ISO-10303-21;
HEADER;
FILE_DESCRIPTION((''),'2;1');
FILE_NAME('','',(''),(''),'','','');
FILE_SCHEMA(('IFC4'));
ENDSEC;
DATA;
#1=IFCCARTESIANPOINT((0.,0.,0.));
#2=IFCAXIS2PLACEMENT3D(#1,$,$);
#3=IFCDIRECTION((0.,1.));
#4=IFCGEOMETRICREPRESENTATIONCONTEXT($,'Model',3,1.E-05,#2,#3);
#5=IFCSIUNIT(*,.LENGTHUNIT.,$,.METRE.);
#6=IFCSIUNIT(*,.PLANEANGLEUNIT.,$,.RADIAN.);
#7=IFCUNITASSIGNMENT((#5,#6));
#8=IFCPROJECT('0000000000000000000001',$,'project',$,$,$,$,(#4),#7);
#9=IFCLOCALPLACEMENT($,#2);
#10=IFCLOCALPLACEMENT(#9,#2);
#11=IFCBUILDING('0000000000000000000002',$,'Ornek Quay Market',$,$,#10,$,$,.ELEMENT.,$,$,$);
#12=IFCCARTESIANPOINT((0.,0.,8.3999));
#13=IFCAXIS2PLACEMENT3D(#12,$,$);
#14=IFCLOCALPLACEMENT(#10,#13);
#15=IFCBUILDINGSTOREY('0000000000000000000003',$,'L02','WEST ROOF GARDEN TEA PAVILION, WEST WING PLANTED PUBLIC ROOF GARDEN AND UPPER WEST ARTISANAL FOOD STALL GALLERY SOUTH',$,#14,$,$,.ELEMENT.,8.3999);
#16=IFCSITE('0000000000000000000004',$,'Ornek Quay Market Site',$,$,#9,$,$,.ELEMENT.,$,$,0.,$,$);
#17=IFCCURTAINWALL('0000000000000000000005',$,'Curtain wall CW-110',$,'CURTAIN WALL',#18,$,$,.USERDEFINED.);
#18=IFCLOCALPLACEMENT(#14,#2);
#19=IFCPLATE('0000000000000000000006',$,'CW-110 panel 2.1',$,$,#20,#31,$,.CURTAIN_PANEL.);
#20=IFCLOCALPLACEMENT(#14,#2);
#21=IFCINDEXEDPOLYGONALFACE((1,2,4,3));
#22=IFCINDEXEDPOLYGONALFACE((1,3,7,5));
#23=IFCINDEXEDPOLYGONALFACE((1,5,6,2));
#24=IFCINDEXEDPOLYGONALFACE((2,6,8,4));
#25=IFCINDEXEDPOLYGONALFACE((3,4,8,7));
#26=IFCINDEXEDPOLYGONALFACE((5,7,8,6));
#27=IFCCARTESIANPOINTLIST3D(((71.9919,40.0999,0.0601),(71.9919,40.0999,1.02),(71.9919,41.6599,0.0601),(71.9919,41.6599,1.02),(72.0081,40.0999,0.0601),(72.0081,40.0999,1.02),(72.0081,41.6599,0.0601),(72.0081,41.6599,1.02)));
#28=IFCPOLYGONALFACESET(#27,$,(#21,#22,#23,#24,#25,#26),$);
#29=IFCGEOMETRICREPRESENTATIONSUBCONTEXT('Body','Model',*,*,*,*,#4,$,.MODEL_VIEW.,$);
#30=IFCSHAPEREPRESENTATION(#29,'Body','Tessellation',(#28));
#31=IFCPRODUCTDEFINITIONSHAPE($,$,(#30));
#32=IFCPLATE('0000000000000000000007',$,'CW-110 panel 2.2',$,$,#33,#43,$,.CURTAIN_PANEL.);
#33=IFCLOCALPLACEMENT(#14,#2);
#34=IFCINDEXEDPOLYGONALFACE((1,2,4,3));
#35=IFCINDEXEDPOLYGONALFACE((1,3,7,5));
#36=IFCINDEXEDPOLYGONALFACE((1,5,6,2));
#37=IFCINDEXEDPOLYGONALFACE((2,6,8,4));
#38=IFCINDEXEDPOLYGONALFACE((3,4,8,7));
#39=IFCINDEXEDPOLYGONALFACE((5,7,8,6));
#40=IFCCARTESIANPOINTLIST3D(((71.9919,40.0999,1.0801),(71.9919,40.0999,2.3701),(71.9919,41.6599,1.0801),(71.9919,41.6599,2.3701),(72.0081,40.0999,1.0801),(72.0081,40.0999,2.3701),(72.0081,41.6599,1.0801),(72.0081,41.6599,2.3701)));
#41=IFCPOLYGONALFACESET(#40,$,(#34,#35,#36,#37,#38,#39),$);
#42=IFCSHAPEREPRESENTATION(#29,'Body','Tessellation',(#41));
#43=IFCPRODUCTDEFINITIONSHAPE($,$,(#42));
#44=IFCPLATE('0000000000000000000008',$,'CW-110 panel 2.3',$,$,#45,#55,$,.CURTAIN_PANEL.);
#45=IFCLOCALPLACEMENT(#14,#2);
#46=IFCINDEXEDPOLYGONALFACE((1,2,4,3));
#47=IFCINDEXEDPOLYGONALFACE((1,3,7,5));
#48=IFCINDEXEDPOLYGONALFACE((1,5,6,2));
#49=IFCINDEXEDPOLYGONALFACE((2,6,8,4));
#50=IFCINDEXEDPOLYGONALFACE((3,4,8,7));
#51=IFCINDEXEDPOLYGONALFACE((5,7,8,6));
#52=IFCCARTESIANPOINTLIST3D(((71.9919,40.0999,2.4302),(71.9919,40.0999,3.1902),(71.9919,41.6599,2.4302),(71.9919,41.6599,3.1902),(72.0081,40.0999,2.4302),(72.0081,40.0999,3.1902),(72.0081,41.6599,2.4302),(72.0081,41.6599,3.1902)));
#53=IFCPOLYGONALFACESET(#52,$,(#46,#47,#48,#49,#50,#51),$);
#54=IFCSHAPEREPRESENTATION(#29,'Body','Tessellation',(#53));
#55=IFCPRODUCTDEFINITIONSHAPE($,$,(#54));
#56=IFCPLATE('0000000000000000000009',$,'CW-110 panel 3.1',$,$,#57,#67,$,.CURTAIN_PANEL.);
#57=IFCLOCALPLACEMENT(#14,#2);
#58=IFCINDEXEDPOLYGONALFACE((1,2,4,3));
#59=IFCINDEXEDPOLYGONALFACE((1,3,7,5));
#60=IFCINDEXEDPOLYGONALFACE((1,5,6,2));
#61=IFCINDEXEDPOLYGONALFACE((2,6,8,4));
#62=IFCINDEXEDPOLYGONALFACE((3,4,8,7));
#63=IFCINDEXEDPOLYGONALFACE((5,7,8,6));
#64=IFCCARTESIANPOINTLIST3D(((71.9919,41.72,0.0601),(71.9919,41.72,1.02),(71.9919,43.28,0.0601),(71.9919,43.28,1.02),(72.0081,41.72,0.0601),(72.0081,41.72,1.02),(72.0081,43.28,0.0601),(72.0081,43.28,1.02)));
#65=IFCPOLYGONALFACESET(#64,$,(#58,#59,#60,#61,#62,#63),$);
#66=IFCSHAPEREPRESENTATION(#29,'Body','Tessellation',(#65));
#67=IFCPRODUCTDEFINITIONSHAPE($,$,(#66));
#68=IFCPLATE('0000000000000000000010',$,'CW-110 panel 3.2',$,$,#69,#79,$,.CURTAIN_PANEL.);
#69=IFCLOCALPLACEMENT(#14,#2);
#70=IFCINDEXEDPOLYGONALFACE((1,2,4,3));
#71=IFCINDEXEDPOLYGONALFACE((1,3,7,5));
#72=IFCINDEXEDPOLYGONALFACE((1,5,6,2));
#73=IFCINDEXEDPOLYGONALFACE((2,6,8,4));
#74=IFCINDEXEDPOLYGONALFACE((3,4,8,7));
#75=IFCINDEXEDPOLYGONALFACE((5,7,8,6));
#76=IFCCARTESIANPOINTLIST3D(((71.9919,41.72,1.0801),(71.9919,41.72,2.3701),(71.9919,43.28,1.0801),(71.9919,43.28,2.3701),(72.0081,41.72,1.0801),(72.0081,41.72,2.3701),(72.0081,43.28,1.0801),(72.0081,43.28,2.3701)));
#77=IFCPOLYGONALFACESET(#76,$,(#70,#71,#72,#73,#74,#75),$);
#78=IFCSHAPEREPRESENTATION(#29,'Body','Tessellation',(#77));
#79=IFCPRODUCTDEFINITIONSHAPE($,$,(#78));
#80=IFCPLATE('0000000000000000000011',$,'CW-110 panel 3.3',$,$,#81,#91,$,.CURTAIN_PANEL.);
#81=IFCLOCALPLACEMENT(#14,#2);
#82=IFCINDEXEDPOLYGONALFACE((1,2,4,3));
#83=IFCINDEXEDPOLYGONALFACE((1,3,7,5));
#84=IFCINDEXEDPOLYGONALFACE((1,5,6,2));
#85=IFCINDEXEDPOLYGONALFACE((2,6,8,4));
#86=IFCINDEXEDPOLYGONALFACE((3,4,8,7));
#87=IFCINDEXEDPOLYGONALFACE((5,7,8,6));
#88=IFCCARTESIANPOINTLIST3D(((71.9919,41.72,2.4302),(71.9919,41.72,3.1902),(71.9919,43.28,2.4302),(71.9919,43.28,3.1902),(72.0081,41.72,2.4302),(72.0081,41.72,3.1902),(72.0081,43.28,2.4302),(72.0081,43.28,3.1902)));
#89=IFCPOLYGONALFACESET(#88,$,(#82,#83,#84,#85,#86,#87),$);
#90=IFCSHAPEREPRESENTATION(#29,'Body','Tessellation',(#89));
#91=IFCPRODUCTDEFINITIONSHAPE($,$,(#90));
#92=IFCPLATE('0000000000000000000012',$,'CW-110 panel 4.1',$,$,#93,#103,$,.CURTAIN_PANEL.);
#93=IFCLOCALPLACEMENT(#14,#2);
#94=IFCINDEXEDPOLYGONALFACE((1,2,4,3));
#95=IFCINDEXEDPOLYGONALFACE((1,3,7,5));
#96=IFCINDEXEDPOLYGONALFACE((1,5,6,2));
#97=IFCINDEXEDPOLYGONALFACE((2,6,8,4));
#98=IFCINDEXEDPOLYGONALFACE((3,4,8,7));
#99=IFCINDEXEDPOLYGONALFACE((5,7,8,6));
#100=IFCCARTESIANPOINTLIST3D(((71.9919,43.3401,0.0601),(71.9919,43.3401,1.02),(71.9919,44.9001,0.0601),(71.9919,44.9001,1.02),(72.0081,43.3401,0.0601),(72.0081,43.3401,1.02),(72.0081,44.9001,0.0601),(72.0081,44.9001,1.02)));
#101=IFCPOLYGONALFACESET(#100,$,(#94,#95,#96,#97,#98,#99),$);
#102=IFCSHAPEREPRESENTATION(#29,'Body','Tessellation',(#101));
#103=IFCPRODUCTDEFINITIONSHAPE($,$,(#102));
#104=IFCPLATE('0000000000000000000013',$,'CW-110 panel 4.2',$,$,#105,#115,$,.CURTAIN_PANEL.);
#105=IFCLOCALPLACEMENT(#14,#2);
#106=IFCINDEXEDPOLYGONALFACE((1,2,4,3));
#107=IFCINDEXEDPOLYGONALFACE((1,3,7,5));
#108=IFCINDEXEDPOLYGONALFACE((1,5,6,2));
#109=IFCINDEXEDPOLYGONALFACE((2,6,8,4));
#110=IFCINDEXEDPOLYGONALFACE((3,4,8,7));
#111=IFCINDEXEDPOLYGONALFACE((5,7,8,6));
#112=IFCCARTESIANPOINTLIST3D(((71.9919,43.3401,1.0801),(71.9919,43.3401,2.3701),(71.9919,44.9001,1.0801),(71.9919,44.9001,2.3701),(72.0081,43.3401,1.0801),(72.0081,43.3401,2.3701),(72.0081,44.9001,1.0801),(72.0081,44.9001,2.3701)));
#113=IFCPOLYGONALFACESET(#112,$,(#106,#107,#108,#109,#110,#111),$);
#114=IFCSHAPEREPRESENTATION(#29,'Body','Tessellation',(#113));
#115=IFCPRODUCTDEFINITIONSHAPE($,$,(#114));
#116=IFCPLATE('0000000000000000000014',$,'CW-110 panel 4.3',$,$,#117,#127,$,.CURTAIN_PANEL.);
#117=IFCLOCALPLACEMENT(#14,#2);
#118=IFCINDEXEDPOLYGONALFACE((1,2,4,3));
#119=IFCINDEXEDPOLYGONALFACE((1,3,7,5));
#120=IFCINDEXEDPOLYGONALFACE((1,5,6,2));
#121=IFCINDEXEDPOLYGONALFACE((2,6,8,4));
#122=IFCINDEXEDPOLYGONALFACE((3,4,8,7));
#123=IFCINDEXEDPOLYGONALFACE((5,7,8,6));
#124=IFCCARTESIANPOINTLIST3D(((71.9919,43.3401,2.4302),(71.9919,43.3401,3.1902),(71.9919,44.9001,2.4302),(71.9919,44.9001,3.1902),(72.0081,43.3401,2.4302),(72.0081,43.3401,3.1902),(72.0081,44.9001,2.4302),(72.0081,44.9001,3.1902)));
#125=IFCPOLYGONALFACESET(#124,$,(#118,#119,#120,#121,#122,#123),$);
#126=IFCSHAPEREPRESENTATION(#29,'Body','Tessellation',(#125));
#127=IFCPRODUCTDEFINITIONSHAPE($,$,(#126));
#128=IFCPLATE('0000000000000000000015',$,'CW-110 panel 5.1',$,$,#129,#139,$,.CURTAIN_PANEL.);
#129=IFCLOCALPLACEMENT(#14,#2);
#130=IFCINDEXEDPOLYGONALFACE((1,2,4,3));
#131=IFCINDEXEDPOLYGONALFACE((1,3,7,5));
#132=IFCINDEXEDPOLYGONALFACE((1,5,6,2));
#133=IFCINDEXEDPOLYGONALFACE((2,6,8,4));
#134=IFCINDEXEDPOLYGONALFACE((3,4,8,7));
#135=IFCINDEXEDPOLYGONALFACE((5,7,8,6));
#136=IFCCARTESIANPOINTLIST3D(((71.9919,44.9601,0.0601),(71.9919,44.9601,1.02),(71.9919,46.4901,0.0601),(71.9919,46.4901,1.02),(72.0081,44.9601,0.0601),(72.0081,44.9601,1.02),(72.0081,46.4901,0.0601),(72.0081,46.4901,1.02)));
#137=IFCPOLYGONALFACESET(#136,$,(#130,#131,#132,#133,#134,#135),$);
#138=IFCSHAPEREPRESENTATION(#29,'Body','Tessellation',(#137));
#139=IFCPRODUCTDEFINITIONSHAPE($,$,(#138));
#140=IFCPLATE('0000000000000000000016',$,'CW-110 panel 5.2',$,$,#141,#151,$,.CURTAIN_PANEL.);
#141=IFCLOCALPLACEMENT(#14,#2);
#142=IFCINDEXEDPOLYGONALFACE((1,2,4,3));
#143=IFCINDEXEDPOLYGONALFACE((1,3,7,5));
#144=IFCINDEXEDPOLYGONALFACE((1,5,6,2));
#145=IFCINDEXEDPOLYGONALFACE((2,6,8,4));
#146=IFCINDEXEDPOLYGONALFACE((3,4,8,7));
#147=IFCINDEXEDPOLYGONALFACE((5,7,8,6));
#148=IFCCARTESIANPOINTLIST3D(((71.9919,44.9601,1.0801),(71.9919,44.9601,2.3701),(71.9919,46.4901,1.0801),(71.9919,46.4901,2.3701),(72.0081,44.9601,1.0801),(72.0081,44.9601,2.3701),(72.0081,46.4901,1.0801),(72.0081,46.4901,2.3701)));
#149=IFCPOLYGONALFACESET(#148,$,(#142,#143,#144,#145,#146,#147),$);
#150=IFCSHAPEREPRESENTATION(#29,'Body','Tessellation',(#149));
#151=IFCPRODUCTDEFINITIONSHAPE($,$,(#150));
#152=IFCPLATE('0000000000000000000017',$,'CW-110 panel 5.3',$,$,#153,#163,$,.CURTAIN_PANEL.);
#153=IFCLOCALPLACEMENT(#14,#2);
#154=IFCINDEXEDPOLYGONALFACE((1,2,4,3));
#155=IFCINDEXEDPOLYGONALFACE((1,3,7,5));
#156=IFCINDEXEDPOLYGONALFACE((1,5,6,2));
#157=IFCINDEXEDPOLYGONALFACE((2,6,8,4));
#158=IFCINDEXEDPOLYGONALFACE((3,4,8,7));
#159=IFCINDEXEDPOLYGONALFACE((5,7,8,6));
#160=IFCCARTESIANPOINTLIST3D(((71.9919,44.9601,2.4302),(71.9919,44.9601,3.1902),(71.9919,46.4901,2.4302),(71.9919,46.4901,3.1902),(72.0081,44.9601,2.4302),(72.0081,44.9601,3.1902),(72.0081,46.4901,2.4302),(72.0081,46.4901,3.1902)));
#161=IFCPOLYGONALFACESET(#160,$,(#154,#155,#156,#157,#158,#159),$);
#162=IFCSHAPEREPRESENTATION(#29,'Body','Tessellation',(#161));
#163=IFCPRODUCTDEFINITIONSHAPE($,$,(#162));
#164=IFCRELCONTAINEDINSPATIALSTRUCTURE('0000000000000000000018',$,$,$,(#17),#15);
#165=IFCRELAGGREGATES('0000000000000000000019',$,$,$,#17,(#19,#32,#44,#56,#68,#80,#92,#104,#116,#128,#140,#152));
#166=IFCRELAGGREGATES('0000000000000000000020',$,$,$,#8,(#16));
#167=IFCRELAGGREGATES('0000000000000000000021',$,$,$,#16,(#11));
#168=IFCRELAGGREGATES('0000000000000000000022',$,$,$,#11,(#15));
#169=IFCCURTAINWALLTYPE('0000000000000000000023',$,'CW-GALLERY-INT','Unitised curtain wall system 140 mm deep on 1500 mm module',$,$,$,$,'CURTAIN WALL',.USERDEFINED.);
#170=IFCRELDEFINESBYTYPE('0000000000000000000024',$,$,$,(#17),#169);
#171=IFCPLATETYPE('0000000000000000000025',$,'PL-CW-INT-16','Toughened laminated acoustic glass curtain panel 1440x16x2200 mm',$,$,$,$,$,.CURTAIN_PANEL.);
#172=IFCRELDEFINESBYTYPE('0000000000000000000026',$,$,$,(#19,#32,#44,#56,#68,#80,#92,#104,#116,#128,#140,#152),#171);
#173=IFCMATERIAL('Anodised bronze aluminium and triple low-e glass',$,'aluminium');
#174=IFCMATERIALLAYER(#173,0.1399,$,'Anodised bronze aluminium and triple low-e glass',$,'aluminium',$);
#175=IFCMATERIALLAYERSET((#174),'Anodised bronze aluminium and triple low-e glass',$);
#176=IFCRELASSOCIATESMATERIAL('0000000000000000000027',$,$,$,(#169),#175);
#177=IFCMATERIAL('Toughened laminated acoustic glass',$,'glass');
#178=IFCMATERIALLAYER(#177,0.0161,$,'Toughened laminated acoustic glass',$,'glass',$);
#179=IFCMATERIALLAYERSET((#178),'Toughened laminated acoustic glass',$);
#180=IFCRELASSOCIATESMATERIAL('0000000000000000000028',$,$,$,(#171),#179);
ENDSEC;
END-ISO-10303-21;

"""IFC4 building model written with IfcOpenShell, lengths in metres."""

from ifc_helpers import new_model, si_unit, direction, frame, origin, origin_2d, place, context, subcontext, project, spatial, rectangle, extrude, material, layer, layer_set, type_object, element, aggregate, save


model = new_model("IFC4")

# Units and contexts
model_context = context("Model", 3, precision=1e-05, world=origin(), true_north=direction((0.0, 1.0)))
body_context = subcontext(model_context, "Body", "Model", "MODEL_VIEW")
ifc_project = project(units=[si_unit("LENGTHUNIT", "METRE"), si_unit("PLANEANGLEUNIT", "RADIAN")], contexts=[model_context])

# Site, building, storey
site_placement = place(None, origin())
site = spatial("IfcSite", under=ifc_project, at=site_placement, Name="Ornek Quay Market Site", CompositionType="ELEMENT", RefElevation=0.0)
building_placement = place(site_placement, origin())
building = spatial("IfcBuilding", under=site, at=building_placement, Name="Ornek Quay Market", CompositionType="ELEMENT")
storey_placement = place(building_placement, frame((0.0, 0.0, 8.3999)))
storey = spatial("IfcBuildingStorey", under=building, at=storey_placement, Name="L02", Description="WEST ROOF GARDEN TEA PAVILION, WEST WING PLANTED PUBLIC ROOF GARDEN AND UPPER WEST ARTISANAL FOOD STALL GALLERY SOUTH", CompositionType="ELEMENT", Elevation=8.3999)

# Curtain wall
ifc_material_1 = material(Name="Anodised bronze aluminium and triple low-e glass", Category="aluminium")
ifc_layer_1 = layer(ifc_material_1, 0.1399, Name="Anodised bronze aluminium and triple low-e glass", Category="aluminium")
ifc_layer_set_1 = layer_set([ifc_layer_1], Name="Anodised bronze aluminium and triple low-e glass")
curtain_wall_type = type_object("IfcCurtainWallType", Name="CW-GALLERY-INT", Description="Unitised curtain wall system 140 mm deep on 1500 mm module", ElementType="CURTAIN WALL", PredefinedType="USERDEFINED", material=ifc_layer_set_1)
curtain_wall_1_placement = place(storey_placement, origin())
curtain_wall_1 = element("IfcCurtainWall", 1, at=curtain_wall_1_placement, inside=storey, type_object=curtain_wall_type, Name="Curtain wall CW-110", ObjectType="CURTAIN WALL", PredefinedType="USERDEFINED")

# Plates
ifc_material_2 = material(Name="Toughened laminated acoustic glass", Category="glass")
ifc_layer_2 = layer(ifc_material_2, 0.0161, Name="Toughened laminated acoustic glass", Category="glass")
ifc_layer_set_2 = layer_set([ifc_layer_2], Name="Toughened laminated acoustic glass")
plate_type = type_object("IfcPlateType", Name="PL-CW-INT-16", Description="Toughened laminated acoustic glass curtain panel 1440x16x2200 mm", PredefinedType="CURTAIN_PANEL", material=ifc_layer_set_2)
plate_1_placement = place(storey_placement, frame((72.0, 40.8799, 0.0601), z_axis=(0.0, 0.0, 1.0), x_axis=(0.0, 1.0, 0.0)))
plate_1 = element("IfcPlate", 2, at=plate_1_placement, type_object=plate_type, Name="CW-110 panel 2.1", PredefinedType="CURTAIN_PANEL", context=body_context, shape_type="SweptSolid", body=[
    extrude(rectangle(XDim=1.5601, YDim=0.0161, at=origin_2d()), origin(), (0.0, 0.0, 1.0), 0.96),
])
plate_2_placement = place(storey_placement, frame((72.0, 40.8799, 1.0801), z_axis=(0.0, 0.0, 1.0), x_axis=(0.0, 1.0, 0.0)))
plate_2 = element("IfcPlate", 3, at=plate_2_placement, type_object=plate_type, Name="CW-110 panel 2.2", PredefinedType="CURTAIN_PANEL", context=body_context, shape_type="SweptSolid", body=[
    extrude(rectangle(XDim=1.5601, YDim=0.0161, at=origin_2d()), origin(), (0.0, 0.0, 1.0), 1.29),
])
plate_3_placement = place(storey_placement, frame((72.0, 40.8799, 2.4302), z_axis=(0.0, 0.0, 1.0), x_axis=(0.0, 1.0, 0.0)))
plate_3 = element("IfcPlate", 4, at=plate_3_placement, type_object=plate_type, Name="CW-110 panel 2.3", PredefinedType="CURTAIN_PANEL", context=body_context, shape_type="SweptSolid", body=[
    extrude(rectangle(XDim=1.5601, YDim=0.0161, at=origin_2d()), origin(), (0.0, 0.0, 1.0), 0.76),
])
plate_4_placement = place(storey_placement, frame((72.0, 42.5, 0.0601), z_axis=(0.0, 0.0, 1.0), x_axis=(0.0, 1.0, 0.0)))
plate_4 = element("IfcPlate", 5, at=plate_4_placement, type_object=plate_type, Name="CW-110 panel 3.1", PredefinedType="CURTAIN_PANEL", context=body_context, shape_type="SweptSolid", body=[
    extrude(rectangle(XDim=1.5601, YDim=0.0161, at=origin_2d()), origin(), (0.0, 0.0, 1.0), 0.96),
])
plate_5_placement = place(storey_placement, frame((72.0, 42.5, 1.0801), z_axis=(0.0, 0.0, 1.0), x_axis=(0.0, 1.0, 0.0)))
plate_5 = element("IfcPlate", 6, at=plate_5_placement, type_object=plate_type, Name="CW-110 panel 3.2", PredefinedType="CURTAIN_PANEL", context=body_context, shape_type="SweptSolid", body=[
    extrude(rectangle(XDim=1.5601, YDim=0.0161, at=origin_2d()), origin(), (0.0, 0.0, 1.0), 1.29),
])
plate_6_placement = place(storey_placement, frame((72.0, 42.5, 2.4302), z_axis=(0.0, 0.0, 1.0), x_axis=(0.0, 1.0, 0.0)))
plate_6 = element("IfcPlate", 7, at=plate_6_placement, type_object=plate_type, Name="CW-110 panel 3.3", PredefinedType="CURTAIN_PANEL", context=body_context, shape_type="SweptSolid", body=[
    extrude(rectangle(XDim=1.5601, YDim=0.0161, at=origin_2d()), origin(), (0.0, 0.0, 1.0), 0.76),
])
plate_7_placement = place(storey_placement, frame((72.0, 44.1201, 0.0601), z_axis=(0.0, 0.0, 1.0), x_axis=(0.0, 1.0, 0.0)))
plate_7 = element("IfcPlate", 8, at=plate_7_placement, type_object=plate_type, Name="CW-110 panel 4.1", PredefinedType="CURTAIN_PANEL", context=body_context, shape_type="SweptSolid", body=[
    extrude(rectangle(XDim=1.5601, YDim=0.0161, at=origin_2d()), origin(), (0.0, 0.0, 1.0), 0.96),
])
plate_8_placement = place(storey_placement, frame((72.0, 44.1201, 1.0801), z_axis=(0.0, 0.0, 1.0), x_axis=(0.0, 1.0, 0.0)))
plate_8 = element("IfcPlate", 9, at=plate_8_placement, type_object=plate_type, Name="CW-110 panel 4.2", PredefinedType="CURTAIN_PANEL", context=body_context, shape_type="SweptSolid", body=[
    extrude(rectangle(XDim=1.5601, YDim=0.0161, at=origin_2d()), origin(), (0.0, 0.0, 1.0), 1.29),
])
plate_9_placement = place(storey_placement, frame((72.0, 44.1201, 2.4302), z_axis=(0.0, 0.0, 1.0), x_axis=(0.0, 1.0, 0.0)))
plate_9 = element("IfcPlate", 10, at=plate_9_placement, type_object=plate_type, Name="CW-110 panel 4.3", PredefinedType="CURTAIN_PANEL", context=body_context, shape_type="SweptSolid", body=[
    extrude(rectangle(XDim=1.5601, YDim=0.0161, at=origin_2d()), origin(), (0.0, 0.0, 1.0), 0.76),
])
plate_10_placement = place(storey_placement, frame((72.0, 45.7251, 0.0601), z_axis=(0.0, 0.0, 1.0), x_axis=(0.0, 1.0, 0.0)))
plate_10 = element("IfcPlate", 11, at=plate_10_placement, type_object=plate_type, Name="CW-110 panel 5.1", PredefinedType="CURTAIN_PANEL", context=body_context, shape_type="SweptSolid", body=[
    extrude(rectangle(XDim=1.53, YDim=0.0161, at=origin_2d()), origin(), (0.0, 0.0, 1.0), 0.96),
])
plate_11_placement = place(storey_placement, frame((72.0, 45.7251, 1.0801), z_axis=(0.0, 0.0, 1.0), x_axis=(0.0, 1.0, 0.0)))
plate_11 = element("IfcPlate", 12, at=plate_11_placement, type_object=plate_type, Name="CW-110 panel 5.2", PredefinedType="CURTAIN_PANEL", context=body_context, shape_type="SweptSolid", body=[
    extrude(rectangle(XDim=1.53, YDim=0.0161, at=origin_2d()), origin(), (0.0, 0.0, 1.0), 1.29),
])
plate_12_placement = place(storey_placement, frame((72.0, 45.7251, 2.4302), z_axis=(0.0, 0.0, 1.0), x_axis=(0.0, 1.0, 0.0)))
plate_12 = element("IfcPlate", 13, at=plate_12_placement, type_object=plate_type, Name="CW-110 panel 5.3", PredefinedType="CURTAIN_PANEL", context=body_context, shape_type="SweptSolid", body=[
    extrude(rectangle(XDim=1.53, YDim=0.0161, at=origin_2d()), origin(), (0.0, 0.0, 1.0), 0.76),
])
aggregate(curtain_wall_1, [plate_1, plate_2, plate_3, plate_4, plate_5, plate_6, plate_7, plate_8, plate_9, plate_10, plate_11, plate_12])

save(model, "model.ifc")
